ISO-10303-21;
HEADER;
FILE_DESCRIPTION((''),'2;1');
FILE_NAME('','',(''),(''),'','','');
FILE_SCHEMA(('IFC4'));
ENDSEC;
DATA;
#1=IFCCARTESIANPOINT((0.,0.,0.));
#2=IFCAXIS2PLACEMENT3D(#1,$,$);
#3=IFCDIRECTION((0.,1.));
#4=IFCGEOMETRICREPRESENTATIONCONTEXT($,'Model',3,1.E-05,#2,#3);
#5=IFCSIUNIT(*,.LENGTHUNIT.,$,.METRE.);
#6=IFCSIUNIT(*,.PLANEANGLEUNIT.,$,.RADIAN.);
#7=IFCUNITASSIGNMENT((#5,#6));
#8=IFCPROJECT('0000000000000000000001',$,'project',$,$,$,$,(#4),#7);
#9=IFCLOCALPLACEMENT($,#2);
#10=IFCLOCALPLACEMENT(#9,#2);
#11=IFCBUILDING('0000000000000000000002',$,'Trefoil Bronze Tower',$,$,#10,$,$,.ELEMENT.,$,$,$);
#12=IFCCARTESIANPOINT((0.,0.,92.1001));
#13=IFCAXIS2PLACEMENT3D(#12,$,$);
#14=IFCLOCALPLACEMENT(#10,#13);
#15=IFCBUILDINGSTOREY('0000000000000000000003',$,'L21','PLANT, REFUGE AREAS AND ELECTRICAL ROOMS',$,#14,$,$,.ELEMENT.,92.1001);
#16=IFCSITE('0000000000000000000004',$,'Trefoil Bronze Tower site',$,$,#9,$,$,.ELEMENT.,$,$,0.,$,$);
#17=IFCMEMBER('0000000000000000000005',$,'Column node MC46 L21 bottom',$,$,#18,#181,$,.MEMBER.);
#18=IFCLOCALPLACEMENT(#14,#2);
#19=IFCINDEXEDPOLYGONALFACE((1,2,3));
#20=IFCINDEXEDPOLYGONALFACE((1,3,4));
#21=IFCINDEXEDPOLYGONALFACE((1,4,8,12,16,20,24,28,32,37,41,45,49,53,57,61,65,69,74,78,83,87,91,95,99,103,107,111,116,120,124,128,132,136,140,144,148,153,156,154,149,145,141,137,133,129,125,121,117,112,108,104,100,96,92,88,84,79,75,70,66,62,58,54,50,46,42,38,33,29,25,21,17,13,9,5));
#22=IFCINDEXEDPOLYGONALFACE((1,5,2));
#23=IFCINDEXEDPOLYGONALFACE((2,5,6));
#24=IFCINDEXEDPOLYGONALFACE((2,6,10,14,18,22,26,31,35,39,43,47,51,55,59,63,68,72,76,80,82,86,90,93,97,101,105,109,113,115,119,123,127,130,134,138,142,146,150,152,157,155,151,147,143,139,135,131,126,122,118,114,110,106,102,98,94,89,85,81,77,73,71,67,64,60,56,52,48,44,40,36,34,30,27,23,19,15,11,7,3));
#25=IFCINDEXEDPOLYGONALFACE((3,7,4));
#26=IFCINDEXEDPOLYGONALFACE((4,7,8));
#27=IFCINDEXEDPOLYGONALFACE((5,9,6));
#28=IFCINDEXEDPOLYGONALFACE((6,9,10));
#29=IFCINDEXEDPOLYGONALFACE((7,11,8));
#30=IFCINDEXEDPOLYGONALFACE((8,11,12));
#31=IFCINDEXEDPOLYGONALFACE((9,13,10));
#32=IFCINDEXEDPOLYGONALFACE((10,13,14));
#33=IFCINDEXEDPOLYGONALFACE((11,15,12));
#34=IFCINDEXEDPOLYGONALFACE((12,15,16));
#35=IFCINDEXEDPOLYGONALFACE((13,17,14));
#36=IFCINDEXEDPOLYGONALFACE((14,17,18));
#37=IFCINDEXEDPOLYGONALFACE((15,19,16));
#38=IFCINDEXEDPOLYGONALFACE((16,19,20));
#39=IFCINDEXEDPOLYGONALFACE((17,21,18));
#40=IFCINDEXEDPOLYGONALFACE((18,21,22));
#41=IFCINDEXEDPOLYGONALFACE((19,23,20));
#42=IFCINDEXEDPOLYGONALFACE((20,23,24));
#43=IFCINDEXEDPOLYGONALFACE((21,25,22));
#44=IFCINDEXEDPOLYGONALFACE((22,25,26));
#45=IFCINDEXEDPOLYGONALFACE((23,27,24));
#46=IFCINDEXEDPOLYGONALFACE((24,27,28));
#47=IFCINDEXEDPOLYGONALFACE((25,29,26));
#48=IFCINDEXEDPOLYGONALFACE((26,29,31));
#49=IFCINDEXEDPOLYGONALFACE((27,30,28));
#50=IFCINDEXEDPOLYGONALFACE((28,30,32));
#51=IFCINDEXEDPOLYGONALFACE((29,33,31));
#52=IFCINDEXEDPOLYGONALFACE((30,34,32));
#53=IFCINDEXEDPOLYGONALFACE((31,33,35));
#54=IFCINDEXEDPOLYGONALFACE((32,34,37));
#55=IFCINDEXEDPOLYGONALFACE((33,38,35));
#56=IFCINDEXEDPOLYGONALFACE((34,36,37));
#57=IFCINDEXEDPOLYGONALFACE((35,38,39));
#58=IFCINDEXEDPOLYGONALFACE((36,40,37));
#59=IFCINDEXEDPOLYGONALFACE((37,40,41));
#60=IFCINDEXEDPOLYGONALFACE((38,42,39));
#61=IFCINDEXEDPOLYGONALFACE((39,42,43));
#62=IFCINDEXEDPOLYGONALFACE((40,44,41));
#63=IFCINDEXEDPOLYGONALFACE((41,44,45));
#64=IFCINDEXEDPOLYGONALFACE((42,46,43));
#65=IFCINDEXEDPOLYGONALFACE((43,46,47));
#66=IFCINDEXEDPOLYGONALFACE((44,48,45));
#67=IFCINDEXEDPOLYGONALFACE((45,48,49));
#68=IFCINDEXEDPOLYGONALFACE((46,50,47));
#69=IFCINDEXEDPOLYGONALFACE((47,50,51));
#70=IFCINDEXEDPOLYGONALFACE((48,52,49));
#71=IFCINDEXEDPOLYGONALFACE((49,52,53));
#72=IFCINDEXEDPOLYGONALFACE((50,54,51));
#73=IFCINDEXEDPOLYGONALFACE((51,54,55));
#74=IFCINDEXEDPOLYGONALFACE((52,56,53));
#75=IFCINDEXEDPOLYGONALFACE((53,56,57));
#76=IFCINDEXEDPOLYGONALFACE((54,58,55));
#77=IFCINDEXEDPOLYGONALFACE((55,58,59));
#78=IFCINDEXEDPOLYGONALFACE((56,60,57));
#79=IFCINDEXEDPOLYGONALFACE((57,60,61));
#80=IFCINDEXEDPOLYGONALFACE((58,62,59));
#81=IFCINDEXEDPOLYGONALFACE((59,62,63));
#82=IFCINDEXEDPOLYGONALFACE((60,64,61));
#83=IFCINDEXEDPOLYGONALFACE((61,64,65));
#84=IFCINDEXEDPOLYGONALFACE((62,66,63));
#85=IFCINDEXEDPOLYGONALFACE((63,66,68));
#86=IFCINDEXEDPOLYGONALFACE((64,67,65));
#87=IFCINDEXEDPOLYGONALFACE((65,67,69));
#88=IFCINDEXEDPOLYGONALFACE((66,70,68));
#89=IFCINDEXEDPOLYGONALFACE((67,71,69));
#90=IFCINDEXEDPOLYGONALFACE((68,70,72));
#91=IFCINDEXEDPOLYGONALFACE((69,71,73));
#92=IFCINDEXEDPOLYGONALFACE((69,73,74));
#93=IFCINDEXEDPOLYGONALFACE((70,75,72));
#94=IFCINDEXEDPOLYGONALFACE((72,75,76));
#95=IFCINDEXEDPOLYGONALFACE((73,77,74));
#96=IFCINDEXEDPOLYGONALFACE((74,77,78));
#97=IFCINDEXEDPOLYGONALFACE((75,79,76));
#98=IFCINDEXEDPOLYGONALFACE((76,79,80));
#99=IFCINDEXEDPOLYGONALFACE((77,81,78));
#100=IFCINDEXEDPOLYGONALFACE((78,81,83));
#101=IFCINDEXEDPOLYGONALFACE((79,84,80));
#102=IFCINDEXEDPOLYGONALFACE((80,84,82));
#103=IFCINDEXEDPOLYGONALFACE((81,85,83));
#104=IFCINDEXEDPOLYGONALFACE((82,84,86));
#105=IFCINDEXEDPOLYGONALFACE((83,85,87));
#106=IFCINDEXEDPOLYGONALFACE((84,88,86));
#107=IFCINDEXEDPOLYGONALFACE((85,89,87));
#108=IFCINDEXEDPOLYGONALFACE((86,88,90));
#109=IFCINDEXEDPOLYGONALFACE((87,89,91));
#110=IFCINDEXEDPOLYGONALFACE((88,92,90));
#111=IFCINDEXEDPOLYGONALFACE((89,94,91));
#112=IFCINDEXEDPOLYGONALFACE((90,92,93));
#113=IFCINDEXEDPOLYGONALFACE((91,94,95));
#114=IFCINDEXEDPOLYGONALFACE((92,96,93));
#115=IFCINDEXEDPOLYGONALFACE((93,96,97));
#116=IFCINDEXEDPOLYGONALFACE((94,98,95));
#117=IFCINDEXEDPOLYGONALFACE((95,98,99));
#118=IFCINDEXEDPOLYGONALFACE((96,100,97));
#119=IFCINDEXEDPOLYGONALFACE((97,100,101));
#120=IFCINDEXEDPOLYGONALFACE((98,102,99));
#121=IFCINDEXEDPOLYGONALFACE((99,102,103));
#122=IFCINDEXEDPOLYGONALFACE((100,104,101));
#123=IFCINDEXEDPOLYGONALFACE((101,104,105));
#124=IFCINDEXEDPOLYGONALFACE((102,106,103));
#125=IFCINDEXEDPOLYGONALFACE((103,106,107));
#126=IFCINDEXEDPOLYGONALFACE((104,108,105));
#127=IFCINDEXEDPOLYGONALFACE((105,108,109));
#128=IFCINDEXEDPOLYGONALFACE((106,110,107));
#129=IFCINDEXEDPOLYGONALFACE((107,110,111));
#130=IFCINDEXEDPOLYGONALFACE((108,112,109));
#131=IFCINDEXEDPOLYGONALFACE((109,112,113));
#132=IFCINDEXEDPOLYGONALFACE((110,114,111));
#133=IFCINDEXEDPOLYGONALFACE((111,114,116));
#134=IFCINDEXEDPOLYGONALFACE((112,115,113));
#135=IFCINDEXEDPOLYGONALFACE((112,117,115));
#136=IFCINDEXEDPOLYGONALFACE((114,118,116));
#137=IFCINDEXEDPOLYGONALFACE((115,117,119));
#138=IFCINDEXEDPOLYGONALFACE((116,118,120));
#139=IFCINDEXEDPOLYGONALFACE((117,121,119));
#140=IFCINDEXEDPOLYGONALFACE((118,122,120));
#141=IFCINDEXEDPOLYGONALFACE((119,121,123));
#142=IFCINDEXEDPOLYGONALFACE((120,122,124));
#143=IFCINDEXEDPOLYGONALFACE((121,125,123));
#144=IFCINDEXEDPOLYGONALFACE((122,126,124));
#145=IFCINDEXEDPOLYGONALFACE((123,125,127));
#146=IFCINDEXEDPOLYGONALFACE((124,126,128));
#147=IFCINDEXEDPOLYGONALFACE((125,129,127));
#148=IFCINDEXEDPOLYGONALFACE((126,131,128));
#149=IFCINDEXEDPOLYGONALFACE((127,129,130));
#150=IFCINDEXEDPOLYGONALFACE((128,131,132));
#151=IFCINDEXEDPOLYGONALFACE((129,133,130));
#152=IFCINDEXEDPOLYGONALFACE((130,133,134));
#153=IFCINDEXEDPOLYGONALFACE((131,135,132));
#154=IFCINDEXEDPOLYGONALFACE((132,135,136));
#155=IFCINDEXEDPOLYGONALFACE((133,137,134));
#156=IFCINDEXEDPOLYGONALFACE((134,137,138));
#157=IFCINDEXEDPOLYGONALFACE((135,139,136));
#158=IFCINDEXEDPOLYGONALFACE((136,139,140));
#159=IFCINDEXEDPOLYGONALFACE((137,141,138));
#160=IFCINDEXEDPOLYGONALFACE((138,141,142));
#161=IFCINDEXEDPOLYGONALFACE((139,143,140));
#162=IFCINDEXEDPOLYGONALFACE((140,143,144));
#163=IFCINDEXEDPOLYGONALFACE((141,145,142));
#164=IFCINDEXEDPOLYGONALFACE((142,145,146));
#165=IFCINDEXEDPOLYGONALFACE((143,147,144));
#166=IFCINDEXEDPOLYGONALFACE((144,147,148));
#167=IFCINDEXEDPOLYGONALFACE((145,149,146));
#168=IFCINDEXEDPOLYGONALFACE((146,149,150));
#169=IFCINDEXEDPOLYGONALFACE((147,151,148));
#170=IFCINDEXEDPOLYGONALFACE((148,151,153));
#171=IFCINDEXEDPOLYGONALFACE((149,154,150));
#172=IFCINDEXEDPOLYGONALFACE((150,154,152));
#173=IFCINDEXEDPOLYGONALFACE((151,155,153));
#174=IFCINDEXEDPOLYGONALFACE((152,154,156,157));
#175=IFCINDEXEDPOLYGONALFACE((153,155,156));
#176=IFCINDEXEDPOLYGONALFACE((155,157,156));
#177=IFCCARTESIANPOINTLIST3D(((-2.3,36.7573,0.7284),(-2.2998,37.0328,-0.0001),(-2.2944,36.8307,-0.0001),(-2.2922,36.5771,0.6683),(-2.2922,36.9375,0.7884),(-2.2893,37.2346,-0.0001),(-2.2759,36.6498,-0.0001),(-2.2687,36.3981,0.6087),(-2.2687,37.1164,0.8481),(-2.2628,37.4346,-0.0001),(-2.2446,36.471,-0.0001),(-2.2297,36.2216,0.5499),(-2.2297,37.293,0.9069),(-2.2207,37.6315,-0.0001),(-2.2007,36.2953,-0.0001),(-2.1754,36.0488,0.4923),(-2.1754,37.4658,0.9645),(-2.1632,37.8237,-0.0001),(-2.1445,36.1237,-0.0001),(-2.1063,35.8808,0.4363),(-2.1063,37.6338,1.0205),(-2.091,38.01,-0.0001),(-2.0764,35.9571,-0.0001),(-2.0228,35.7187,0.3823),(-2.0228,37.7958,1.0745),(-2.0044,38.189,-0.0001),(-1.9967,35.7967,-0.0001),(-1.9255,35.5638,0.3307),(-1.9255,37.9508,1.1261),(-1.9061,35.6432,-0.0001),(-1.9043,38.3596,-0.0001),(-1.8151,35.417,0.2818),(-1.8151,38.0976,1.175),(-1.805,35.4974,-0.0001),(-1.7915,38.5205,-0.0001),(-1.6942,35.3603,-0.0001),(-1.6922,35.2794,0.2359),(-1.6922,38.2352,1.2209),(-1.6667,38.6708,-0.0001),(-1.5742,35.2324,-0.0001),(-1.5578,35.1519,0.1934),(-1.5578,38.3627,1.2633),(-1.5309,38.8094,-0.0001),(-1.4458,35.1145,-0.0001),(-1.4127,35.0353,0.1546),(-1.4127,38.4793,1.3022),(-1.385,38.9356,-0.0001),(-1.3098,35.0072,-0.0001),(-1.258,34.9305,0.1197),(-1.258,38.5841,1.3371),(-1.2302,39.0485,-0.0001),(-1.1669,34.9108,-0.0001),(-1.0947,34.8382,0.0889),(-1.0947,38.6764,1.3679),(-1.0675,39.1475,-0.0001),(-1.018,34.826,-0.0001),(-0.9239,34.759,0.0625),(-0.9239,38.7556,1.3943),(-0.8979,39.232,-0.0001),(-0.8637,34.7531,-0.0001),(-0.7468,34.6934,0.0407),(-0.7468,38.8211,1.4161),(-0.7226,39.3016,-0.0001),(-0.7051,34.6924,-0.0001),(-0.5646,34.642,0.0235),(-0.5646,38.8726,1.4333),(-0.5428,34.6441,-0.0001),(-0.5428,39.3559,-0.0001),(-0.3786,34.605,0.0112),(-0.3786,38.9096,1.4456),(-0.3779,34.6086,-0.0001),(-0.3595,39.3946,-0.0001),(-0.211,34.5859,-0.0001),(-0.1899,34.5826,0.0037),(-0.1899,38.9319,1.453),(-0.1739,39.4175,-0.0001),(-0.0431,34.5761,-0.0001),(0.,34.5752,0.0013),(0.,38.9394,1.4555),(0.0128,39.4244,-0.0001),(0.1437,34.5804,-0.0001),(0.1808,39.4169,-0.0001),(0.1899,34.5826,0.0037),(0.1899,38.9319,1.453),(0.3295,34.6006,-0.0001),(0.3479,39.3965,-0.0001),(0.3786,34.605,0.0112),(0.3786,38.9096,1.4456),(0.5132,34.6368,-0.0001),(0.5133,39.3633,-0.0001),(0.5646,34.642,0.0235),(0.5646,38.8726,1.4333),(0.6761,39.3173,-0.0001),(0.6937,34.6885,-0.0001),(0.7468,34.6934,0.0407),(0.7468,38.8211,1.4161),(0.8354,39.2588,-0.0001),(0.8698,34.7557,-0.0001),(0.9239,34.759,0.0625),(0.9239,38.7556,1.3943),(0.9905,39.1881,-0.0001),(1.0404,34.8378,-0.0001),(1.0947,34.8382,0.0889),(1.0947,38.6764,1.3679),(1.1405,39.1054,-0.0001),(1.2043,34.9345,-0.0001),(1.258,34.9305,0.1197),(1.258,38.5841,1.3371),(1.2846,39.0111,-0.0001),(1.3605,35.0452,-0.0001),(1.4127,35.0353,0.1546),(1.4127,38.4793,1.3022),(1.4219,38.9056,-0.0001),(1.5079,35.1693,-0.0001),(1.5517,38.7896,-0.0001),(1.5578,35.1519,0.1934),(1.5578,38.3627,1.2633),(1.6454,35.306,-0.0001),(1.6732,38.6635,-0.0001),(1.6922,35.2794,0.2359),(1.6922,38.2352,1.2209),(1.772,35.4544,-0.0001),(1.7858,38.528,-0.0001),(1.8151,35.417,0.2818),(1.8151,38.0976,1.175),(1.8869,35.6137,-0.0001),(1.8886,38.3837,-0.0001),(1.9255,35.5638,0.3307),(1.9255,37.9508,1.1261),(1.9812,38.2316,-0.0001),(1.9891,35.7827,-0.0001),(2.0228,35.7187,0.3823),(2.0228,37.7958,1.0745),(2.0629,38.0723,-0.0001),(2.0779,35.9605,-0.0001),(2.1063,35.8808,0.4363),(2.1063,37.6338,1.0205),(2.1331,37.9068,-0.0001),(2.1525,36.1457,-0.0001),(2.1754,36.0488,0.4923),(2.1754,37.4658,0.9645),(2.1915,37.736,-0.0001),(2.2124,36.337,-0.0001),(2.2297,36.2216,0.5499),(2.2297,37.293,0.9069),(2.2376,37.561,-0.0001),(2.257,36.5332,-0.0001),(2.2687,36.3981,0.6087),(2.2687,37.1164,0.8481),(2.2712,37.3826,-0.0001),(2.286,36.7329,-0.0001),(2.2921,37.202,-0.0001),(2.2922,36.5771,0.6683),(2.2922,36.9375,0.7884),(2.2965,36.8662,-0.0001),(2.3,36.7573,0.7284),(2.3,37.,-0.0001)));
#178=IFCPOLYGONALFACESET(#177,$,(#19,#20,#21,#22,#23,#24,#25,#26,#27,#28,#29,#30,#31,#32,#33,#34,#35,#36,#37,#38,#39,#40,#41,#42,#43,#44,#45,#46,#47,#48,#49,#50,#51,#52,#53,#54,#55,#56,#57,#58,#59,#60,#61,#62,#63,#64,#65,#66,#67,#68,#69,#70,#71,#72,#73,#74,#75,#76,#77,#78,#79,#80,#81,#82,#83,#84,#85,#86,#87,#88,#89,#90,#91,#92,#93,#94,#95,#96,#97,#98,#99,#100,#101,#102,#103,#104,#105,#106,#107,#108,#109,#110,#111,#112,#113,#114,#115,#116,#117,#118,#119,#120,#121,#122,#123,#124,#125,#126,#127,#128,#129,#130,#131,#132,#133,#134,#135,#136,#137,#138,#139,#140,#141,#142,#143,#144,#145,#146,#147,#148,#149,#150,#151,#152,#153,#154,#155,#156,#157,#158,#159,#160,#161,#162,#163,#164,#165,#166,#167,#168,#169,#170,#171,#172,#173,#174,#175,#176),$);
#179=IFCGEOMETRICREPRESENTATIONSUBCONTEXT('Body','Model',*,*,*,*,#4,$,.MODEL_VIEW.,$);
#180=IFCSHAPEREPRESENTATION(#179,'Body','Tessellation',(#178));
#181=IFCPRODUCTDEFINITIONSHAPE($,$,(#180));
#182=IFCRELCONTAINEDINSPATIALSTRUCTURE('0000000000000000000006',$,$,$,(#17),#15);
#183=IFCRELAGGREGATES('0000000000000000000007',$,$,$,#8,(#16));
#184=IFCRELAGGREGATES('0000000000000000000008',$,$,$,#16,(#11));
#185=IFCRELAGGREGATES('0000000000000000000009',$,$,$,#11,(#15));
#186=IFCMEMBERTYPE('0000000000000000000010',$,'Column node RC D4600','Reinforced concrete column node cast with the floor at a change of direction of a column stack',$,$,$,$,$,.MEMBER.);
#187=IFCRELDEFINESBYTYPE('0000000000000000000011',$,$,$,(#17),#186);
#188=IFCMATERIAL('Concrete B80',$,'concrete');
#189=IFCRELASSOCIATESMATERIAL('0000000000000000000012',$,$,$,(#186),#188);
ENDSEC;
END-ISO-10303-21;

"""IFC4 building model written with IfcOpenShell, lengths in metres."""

from ifc_helpers import new_model, si_unit, direction, frame, origin, origin_2d, place, context, subcontext, project, spatial, circle, extrude, clip, halfspace, material, material_profile, profile_set, type_object, element, save


model = new_model("IFC4")

# Units and contexts
model_context = context("Model", 3, precision=1e-05, world=origin(), true_north=direction((0.0, 1.0)))
body_context = subcontext(model_context, "Body", "Model", "MODEL_VIEW")
ifc_project = project(units=[si_unit("LENGTHUNIT", "METRE"), si_unit("PLANEANGLEUNIT", "RADIAN")], contexts=[model_context])

# Site, building, storey
site_placement = place(None, origin())
site = spatial("IfcSite", under=ifc_project, at=site_placement, Name="Trefoil Bronze Tower site", CompositionType="ELEMENT", RefElevation=0.0)
building_placement = place(site_placement, origin())
building = spatial("IfcBuilding", under=site, at=building_placement, Name="Trefoil Bronze Tower", CompositionType="ELEMENT")
storey_placement = place(building_placement, frame((0.0, 0.0, 92.1001)))
storey = spatial("IfcBuildingStorey", under=building, at=storey_placement, Name="L21", Description="PLANT, REFUGE AREAS AND ELECTRICAL ROOMS", CompositionType="ELEMENT", Elevation=92.1001)

# Member
ifc_material_1 = material(Name="Concrete B80", Category="concrete")
ifc_material_profile_1 = material_profile(ifc_material_1, circle(Radius=2.3, at=origin_2d()), Name="RC D4600")
ifc_profile_set_1 = profile_set([ifc_material_profile_1], Name="Concrete B80")
member_type_1 = type_object("IfcMemberType", Name="Column node RC D4600", Description="Reinforced concrete column node cast with the floor at a change of direction of a column stack", PredefinedType="MEMBER", material=ifc_profile_set_1)
member_1_placement = place(storey_placement, frame((0.0, 37.2427, -0.7283), z_axis=(0.0, -0.316132, 0.948715), x_axis=(1.0, 0.0, 0.0)))
element("IfcMember", 1, at=member_1_placement, inside=storey, type_object=member_type_1, Name="Column node MC46 L21 bottom", PredefinedType="MEMBER", context=body_context, shape_type="Clipping", body=[
    clip(extrude(circle(Radius=2.3, at=origin_2d()), origin(), (0.0, 0.0, 1.0), 1.5354), halfspace(frame((0.0, 0.0, 0.7676), z_axis=(0.0, 0.316132, 0.948715), x_axis=(0.0, 0.948715, -0.316132)), True)),
])

save(model, "model.ifc")
